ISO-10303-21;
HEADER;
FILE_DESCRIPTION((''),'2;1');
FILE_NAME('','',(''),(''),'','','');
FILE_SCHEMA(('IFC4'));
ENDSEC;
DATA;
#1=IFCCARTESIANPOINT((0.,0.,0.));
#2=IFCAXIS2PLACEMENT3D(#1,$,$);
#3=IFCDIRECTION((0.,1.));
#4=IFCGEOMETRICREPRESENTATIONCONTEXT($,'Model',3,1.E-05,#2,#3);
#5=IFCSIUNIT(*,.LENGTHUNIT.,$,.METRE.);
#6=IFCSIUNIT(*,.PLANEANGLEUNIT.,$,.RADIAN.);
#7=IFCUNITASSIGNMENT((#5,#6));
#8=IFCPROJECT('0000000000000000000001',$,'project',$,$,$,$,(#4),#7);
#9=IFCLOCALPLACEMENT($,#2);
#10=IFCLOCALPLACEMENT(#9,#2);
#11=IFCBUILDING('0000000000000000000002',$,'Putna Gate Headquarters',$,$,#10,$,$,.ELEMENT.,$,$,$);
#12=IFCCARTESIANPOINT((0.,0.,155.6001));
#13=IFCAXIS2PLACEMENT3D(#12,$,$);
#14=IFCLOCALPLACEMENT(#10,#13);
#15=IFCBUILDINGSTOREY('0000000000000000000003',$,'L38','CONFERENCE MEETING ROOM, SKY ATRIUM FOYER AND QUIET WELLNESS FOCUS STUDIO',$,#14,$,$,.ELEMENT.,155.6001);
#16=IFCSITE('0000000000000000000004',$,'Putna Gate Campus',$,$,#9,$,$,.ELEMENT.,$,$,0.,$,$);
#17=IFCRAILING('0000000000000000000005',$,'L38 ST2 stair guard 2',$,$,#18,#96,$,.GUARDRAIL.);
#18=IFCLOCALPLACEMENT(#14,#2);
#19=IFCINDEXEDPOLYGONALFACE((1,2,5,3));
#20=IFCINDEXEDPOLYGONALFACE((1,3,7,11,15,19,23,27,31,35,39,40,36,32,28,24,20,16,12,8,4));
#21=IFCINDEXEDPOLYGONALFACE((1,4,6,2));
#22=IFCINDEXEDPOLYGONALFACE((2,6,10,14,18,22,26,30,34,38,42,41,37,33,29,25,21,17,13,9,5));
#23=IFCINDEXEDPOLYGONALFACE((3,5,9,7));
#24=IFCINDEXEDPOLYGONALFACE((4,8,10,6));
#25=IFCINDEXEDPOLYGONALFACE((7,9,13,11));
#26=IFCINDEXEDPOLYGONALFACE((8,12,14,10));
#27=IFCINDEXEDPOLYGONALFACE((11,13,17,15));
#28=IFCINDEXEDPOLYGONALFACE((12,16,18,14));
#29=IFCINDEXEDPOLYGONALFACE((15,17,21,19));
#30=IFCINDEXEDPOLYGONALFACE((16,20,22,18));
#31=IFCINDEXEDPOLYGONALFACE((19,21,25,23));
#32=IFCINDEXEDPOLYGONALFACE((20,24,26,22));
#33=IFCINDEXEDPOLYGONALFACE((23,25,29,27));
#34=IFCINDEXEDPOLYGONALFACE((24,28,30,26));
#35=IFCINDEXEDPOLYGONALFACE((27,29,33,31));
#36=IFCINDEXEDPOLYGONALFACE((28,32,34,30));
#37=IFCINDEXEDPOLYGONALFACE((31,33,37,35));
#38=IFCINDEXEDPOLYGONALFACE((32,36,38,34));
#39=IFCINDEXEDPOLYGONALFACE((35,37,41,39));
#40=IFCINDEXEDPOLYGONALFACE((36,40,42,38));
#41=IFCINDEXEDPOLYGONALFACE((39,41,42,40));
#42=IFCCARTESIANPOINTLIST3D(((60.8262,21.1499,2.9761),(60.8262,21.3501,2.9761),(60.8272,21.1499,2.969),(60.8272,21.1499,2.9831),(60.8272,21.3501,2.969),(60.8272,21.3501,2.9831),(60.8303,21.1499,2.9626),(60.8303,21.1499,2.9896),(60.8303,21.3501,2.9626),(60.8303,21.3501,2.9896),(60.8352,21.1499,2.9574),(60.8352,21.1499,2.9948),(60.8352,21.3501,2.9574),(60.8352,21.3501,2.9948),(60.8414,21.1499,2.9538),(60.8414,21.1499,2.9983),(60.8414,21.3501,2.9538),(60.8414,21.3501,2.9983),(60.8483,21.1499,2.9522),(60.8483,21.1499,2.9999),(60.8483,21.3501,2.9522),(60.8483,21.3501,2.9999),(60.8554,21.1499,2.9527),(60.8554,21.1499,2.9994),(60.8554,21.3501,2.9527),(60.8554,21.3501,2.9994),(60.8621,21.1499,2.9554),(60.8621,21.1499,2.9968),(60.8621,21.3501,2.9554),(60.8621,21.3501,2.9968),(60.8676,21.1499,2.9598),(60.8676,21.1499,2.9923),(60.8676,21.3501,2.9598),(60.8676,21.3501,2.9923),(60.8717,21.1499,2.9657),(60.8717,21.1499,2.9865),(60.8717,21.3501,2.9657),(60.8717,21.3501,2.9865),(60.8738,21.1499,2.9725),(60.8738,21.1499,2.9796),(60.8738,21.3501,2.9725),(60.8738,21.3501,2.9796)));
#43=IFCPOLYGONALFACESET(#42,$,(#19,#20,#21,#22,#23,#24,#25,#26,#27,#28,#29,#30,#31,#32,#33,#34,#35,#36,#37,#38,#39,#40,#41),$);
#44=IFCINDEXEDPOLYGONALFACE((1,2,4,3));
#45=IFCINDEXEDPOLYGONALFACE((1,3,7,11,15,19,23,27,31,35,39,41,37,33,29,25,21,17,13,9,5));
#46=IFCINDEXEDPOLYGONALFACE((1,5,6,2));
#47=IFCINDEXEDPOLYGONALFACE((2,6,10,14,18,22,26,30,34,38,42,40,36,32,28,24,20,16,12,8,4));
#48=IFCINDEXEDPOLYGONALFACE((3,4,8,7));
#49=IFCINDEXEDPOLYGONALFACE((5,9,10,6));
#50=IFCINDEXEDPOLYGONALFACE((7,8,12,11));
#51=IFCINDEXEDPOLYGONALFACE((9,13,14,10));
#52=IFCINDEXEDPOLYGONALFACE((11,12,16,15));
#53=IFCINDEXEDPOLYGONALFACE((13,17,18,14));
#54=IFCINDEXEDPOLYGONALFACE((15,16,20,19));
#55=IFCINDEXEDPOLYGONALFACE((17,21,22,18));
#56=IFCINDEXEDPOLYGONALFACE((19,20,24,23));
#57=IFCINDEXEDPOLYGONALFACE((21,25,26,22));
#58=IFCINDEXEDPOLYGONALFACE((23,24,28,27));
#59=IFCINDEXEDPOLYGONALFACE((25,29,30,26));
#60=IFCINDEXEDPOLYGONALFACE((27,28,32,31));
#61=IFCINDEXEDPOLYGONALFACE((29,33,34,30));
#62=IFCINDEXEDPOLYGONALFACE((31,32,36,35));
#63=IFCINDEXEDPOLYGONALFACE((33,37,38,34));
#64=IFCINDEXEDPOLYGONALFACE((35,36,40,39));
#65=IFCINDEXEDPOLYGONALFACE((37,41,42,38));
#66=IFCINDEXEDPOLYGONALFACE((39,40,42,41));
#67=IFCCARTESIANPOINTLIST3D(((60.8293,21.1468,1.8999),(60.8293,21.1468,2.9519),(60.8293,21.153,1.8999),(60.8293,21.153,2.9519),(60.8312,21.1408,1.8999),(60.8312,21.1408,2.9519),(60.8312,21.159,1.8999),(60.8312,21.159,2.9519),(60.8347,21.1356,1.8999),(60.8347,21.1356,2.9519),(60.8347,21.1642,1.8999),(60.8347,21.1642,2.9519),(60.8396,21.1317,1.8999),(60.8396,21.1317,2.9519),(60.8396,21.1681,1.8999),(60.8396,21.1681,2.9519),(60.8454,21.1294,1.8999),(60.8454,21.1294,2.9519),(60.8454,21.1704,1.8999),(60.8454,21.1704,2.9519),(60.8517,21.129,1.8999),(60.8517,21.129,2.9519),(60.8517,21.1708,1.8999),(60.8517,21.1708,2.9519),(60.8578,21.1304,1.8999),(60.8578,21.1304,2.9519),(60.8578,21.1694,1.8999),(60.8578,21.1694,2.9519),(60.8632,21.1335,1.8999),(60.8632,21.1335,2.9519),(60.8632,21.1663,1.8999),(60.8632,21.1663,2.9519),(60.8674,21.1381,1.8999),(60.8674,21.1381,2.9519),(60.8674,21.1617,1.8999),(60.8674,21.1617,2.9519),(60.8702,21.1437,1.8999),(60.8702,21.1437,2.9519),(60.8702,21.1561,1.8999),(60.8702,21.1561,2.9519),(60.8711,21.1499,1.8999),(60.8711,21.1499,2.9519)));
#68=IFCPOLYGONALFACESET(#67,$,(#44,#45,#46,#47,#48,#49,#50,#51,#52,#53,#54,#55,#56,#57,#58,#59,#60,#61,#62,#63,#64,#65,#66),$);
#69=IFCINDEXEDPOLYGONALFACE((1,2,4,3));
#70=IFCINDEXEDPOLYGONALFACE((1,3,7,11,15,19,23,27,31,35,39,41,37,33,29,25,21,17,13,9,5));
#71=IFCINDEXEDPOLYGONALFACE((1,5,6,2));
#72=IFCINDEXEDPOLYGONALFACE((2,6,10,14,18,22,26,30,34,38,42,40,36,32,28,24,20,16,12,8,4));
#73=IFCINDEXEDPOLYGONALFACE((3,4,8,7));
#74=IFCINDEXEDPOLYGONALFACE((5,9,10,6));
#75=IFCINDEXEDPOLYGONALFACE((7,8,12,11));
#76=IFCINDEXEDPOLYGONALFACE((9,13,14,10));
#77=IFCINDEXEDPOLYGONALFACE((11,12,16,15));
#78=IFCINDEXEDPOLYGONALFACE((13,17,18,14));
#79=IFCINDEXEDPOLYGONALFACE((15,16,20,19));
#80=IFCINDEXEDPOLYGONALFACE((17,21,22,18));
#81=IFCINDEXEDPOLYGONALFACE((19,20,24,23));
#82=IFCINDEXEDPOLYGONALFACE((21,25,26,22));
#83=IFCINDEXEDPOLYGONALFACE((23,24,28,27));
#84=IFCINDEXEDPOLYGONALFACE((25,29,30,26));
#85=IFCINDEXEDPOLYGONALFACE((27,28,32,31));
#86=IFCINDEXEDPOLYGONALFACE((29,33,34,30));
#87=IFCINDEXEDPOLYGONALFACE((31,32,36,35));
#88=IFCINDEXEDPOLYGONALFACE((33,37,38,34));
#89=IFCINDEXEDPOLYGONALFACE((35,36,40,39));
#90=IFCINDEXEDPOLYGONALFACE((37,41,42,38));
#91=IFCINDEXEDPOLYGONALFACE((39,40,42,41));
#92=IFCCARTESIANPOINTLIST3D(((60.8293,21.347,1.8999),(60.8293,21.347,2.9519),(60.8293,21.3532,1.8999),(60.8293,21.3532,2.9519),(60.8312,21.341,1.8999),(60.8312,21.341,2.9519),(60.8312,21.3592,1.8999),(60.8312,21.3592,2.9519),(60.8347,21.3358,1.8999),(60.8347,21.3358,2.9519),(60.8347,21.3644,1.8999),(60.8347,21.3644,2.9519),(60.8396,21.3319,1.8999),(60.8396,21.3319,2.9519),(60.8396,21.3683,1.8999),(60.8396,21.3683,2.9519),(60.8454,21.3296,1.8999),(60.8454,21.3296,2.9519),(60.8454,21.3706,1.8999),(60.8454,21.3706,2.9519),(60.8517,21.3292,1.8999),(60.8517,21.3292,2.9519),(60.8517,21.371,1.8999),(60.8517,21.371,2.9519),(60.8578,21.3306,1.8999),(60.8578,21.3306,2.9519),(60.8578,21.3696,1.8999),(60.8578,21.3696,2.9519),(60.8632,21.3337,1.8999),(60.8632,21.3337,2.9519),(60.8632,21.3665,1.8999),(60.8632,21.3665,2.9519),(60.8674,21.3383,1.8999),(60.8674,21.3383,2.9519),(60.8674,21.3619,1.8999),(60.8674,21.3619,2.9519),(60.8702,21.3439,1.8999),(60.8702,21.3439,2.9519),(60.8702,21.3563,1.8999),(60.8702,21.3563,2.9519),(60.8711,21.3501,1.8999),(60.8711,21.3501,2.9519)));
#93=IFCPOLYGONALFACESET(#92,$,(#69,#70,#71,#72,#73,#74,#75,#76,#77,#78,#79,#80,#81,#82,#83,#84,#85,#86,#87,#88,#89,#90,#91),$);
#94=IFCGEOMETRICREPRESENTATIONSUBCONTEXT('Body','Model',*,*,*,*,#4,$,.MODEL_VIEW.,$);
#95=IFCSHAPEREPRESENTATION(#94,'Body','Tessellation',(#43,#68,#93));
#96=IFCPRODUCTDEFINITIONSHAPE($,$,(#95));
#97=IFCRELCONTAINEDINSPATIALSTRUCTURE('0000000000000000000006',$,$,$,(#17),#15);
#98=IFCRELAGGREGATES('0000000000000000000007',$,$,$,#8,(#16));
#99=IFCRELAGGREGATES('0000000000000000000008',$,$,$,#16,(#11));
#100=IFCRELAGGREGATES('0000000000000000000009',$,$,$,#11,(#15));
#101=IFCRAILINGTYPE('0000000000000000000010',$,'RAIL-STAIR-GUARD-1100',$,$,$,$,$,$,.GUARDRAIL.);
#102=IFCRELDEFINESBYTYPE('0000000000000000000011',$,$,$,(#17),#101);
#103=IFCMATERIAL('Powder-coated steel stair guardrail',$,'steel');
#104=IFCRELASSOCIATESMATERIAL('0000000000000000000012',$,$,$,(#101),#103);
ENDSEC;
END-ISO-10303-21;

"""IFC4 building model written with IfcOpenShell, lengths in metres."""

from ifc_helpers import new_model, si_unit, direction, frame, origin, origin_2d, place, context, subcontext, project, spatial, circle, extrude, material, type_object, element, save


model = new_model("IFC4")

# Units and contexts
model_context = context("Model", 3, precision=1e-05, world=origin(), true_north=direction((0.0, 1.0)))
body_context = subcontext(model_context, "Body", "Model", "MODEL_VIEW")
ifc_project = project(units=[si_unit("LENGTHUNIT", "METRE"), si_unit("PLANEANGLEUNIT", "RADIAN")], contexts=[model_context])

# Site, building, storey
site_placement = place(None, origin())
site = spatial("IfcSite", under=ifc_project, at=site_placement, Name="Putna Gate Campus", CompositionType="ELEMENT", RefElevation=0.0)
building_placement = place(site_placement, origin())
building = spatial("IfcBuilding", under=site, at=building_placement, Name="Putna Gate Headquarters", CompositionType="ELEMENT")
storey_placement = place(building_placement, frame((0.0, 0.0, 155.6001)))
storey = spatial("IfcBuildingStorey", under=building, at=storey_placement, Name="L38", Description="CONFERENCE MEETING ROOM, SKY ATRIUM FOYER AND QUIET WELLNESS FOCUS STUDIO", CompositionType="ELEMENT", Elevation=155.6001)

# Railing
ifc_material_1 = material(Name="Powder-coated steel stair guardrail", Category="steel")
railing_type_1 = type_object("IfcRailingType", Name="RAIL-STAIR-GUARD-1100", PredefinedType="GUARDRAIL", material=ifc_material_1)
railing_1_placement = place(storey_placement, frame((60.8501, 21.1499, 1.8999)))
element("IfcRailing", 1, at=railing_1_placement, inside=storey, type_object=railing_type_1, Name="L38 ST2 stair guard 2", PredefinedType="GUARDRAIL", context=body_context, shape_type="SweptSolid", body=[
    extrude(circle(Radius=0.0239, at=origin_2d()), frame((0.0, 0.0, 1.0762), z_axis=(0.0, 1.0, 0.0), x_axis=(-1.0, 0.0, 0.0)), (0.0, 0.0, 1.0), 0.2002),
    extrude(circle(Radius=0.021, at=origin_2d()), origin(), (0.0, 0.0, 1.0), 1.052),
    extrude(circle(Radius=0.021, at=origin_2d()), frame((0.0, 0.2002, 0.0)), (0.0, 0.0, 1.0), 1.052),
])

save(model, "model.ifc")
